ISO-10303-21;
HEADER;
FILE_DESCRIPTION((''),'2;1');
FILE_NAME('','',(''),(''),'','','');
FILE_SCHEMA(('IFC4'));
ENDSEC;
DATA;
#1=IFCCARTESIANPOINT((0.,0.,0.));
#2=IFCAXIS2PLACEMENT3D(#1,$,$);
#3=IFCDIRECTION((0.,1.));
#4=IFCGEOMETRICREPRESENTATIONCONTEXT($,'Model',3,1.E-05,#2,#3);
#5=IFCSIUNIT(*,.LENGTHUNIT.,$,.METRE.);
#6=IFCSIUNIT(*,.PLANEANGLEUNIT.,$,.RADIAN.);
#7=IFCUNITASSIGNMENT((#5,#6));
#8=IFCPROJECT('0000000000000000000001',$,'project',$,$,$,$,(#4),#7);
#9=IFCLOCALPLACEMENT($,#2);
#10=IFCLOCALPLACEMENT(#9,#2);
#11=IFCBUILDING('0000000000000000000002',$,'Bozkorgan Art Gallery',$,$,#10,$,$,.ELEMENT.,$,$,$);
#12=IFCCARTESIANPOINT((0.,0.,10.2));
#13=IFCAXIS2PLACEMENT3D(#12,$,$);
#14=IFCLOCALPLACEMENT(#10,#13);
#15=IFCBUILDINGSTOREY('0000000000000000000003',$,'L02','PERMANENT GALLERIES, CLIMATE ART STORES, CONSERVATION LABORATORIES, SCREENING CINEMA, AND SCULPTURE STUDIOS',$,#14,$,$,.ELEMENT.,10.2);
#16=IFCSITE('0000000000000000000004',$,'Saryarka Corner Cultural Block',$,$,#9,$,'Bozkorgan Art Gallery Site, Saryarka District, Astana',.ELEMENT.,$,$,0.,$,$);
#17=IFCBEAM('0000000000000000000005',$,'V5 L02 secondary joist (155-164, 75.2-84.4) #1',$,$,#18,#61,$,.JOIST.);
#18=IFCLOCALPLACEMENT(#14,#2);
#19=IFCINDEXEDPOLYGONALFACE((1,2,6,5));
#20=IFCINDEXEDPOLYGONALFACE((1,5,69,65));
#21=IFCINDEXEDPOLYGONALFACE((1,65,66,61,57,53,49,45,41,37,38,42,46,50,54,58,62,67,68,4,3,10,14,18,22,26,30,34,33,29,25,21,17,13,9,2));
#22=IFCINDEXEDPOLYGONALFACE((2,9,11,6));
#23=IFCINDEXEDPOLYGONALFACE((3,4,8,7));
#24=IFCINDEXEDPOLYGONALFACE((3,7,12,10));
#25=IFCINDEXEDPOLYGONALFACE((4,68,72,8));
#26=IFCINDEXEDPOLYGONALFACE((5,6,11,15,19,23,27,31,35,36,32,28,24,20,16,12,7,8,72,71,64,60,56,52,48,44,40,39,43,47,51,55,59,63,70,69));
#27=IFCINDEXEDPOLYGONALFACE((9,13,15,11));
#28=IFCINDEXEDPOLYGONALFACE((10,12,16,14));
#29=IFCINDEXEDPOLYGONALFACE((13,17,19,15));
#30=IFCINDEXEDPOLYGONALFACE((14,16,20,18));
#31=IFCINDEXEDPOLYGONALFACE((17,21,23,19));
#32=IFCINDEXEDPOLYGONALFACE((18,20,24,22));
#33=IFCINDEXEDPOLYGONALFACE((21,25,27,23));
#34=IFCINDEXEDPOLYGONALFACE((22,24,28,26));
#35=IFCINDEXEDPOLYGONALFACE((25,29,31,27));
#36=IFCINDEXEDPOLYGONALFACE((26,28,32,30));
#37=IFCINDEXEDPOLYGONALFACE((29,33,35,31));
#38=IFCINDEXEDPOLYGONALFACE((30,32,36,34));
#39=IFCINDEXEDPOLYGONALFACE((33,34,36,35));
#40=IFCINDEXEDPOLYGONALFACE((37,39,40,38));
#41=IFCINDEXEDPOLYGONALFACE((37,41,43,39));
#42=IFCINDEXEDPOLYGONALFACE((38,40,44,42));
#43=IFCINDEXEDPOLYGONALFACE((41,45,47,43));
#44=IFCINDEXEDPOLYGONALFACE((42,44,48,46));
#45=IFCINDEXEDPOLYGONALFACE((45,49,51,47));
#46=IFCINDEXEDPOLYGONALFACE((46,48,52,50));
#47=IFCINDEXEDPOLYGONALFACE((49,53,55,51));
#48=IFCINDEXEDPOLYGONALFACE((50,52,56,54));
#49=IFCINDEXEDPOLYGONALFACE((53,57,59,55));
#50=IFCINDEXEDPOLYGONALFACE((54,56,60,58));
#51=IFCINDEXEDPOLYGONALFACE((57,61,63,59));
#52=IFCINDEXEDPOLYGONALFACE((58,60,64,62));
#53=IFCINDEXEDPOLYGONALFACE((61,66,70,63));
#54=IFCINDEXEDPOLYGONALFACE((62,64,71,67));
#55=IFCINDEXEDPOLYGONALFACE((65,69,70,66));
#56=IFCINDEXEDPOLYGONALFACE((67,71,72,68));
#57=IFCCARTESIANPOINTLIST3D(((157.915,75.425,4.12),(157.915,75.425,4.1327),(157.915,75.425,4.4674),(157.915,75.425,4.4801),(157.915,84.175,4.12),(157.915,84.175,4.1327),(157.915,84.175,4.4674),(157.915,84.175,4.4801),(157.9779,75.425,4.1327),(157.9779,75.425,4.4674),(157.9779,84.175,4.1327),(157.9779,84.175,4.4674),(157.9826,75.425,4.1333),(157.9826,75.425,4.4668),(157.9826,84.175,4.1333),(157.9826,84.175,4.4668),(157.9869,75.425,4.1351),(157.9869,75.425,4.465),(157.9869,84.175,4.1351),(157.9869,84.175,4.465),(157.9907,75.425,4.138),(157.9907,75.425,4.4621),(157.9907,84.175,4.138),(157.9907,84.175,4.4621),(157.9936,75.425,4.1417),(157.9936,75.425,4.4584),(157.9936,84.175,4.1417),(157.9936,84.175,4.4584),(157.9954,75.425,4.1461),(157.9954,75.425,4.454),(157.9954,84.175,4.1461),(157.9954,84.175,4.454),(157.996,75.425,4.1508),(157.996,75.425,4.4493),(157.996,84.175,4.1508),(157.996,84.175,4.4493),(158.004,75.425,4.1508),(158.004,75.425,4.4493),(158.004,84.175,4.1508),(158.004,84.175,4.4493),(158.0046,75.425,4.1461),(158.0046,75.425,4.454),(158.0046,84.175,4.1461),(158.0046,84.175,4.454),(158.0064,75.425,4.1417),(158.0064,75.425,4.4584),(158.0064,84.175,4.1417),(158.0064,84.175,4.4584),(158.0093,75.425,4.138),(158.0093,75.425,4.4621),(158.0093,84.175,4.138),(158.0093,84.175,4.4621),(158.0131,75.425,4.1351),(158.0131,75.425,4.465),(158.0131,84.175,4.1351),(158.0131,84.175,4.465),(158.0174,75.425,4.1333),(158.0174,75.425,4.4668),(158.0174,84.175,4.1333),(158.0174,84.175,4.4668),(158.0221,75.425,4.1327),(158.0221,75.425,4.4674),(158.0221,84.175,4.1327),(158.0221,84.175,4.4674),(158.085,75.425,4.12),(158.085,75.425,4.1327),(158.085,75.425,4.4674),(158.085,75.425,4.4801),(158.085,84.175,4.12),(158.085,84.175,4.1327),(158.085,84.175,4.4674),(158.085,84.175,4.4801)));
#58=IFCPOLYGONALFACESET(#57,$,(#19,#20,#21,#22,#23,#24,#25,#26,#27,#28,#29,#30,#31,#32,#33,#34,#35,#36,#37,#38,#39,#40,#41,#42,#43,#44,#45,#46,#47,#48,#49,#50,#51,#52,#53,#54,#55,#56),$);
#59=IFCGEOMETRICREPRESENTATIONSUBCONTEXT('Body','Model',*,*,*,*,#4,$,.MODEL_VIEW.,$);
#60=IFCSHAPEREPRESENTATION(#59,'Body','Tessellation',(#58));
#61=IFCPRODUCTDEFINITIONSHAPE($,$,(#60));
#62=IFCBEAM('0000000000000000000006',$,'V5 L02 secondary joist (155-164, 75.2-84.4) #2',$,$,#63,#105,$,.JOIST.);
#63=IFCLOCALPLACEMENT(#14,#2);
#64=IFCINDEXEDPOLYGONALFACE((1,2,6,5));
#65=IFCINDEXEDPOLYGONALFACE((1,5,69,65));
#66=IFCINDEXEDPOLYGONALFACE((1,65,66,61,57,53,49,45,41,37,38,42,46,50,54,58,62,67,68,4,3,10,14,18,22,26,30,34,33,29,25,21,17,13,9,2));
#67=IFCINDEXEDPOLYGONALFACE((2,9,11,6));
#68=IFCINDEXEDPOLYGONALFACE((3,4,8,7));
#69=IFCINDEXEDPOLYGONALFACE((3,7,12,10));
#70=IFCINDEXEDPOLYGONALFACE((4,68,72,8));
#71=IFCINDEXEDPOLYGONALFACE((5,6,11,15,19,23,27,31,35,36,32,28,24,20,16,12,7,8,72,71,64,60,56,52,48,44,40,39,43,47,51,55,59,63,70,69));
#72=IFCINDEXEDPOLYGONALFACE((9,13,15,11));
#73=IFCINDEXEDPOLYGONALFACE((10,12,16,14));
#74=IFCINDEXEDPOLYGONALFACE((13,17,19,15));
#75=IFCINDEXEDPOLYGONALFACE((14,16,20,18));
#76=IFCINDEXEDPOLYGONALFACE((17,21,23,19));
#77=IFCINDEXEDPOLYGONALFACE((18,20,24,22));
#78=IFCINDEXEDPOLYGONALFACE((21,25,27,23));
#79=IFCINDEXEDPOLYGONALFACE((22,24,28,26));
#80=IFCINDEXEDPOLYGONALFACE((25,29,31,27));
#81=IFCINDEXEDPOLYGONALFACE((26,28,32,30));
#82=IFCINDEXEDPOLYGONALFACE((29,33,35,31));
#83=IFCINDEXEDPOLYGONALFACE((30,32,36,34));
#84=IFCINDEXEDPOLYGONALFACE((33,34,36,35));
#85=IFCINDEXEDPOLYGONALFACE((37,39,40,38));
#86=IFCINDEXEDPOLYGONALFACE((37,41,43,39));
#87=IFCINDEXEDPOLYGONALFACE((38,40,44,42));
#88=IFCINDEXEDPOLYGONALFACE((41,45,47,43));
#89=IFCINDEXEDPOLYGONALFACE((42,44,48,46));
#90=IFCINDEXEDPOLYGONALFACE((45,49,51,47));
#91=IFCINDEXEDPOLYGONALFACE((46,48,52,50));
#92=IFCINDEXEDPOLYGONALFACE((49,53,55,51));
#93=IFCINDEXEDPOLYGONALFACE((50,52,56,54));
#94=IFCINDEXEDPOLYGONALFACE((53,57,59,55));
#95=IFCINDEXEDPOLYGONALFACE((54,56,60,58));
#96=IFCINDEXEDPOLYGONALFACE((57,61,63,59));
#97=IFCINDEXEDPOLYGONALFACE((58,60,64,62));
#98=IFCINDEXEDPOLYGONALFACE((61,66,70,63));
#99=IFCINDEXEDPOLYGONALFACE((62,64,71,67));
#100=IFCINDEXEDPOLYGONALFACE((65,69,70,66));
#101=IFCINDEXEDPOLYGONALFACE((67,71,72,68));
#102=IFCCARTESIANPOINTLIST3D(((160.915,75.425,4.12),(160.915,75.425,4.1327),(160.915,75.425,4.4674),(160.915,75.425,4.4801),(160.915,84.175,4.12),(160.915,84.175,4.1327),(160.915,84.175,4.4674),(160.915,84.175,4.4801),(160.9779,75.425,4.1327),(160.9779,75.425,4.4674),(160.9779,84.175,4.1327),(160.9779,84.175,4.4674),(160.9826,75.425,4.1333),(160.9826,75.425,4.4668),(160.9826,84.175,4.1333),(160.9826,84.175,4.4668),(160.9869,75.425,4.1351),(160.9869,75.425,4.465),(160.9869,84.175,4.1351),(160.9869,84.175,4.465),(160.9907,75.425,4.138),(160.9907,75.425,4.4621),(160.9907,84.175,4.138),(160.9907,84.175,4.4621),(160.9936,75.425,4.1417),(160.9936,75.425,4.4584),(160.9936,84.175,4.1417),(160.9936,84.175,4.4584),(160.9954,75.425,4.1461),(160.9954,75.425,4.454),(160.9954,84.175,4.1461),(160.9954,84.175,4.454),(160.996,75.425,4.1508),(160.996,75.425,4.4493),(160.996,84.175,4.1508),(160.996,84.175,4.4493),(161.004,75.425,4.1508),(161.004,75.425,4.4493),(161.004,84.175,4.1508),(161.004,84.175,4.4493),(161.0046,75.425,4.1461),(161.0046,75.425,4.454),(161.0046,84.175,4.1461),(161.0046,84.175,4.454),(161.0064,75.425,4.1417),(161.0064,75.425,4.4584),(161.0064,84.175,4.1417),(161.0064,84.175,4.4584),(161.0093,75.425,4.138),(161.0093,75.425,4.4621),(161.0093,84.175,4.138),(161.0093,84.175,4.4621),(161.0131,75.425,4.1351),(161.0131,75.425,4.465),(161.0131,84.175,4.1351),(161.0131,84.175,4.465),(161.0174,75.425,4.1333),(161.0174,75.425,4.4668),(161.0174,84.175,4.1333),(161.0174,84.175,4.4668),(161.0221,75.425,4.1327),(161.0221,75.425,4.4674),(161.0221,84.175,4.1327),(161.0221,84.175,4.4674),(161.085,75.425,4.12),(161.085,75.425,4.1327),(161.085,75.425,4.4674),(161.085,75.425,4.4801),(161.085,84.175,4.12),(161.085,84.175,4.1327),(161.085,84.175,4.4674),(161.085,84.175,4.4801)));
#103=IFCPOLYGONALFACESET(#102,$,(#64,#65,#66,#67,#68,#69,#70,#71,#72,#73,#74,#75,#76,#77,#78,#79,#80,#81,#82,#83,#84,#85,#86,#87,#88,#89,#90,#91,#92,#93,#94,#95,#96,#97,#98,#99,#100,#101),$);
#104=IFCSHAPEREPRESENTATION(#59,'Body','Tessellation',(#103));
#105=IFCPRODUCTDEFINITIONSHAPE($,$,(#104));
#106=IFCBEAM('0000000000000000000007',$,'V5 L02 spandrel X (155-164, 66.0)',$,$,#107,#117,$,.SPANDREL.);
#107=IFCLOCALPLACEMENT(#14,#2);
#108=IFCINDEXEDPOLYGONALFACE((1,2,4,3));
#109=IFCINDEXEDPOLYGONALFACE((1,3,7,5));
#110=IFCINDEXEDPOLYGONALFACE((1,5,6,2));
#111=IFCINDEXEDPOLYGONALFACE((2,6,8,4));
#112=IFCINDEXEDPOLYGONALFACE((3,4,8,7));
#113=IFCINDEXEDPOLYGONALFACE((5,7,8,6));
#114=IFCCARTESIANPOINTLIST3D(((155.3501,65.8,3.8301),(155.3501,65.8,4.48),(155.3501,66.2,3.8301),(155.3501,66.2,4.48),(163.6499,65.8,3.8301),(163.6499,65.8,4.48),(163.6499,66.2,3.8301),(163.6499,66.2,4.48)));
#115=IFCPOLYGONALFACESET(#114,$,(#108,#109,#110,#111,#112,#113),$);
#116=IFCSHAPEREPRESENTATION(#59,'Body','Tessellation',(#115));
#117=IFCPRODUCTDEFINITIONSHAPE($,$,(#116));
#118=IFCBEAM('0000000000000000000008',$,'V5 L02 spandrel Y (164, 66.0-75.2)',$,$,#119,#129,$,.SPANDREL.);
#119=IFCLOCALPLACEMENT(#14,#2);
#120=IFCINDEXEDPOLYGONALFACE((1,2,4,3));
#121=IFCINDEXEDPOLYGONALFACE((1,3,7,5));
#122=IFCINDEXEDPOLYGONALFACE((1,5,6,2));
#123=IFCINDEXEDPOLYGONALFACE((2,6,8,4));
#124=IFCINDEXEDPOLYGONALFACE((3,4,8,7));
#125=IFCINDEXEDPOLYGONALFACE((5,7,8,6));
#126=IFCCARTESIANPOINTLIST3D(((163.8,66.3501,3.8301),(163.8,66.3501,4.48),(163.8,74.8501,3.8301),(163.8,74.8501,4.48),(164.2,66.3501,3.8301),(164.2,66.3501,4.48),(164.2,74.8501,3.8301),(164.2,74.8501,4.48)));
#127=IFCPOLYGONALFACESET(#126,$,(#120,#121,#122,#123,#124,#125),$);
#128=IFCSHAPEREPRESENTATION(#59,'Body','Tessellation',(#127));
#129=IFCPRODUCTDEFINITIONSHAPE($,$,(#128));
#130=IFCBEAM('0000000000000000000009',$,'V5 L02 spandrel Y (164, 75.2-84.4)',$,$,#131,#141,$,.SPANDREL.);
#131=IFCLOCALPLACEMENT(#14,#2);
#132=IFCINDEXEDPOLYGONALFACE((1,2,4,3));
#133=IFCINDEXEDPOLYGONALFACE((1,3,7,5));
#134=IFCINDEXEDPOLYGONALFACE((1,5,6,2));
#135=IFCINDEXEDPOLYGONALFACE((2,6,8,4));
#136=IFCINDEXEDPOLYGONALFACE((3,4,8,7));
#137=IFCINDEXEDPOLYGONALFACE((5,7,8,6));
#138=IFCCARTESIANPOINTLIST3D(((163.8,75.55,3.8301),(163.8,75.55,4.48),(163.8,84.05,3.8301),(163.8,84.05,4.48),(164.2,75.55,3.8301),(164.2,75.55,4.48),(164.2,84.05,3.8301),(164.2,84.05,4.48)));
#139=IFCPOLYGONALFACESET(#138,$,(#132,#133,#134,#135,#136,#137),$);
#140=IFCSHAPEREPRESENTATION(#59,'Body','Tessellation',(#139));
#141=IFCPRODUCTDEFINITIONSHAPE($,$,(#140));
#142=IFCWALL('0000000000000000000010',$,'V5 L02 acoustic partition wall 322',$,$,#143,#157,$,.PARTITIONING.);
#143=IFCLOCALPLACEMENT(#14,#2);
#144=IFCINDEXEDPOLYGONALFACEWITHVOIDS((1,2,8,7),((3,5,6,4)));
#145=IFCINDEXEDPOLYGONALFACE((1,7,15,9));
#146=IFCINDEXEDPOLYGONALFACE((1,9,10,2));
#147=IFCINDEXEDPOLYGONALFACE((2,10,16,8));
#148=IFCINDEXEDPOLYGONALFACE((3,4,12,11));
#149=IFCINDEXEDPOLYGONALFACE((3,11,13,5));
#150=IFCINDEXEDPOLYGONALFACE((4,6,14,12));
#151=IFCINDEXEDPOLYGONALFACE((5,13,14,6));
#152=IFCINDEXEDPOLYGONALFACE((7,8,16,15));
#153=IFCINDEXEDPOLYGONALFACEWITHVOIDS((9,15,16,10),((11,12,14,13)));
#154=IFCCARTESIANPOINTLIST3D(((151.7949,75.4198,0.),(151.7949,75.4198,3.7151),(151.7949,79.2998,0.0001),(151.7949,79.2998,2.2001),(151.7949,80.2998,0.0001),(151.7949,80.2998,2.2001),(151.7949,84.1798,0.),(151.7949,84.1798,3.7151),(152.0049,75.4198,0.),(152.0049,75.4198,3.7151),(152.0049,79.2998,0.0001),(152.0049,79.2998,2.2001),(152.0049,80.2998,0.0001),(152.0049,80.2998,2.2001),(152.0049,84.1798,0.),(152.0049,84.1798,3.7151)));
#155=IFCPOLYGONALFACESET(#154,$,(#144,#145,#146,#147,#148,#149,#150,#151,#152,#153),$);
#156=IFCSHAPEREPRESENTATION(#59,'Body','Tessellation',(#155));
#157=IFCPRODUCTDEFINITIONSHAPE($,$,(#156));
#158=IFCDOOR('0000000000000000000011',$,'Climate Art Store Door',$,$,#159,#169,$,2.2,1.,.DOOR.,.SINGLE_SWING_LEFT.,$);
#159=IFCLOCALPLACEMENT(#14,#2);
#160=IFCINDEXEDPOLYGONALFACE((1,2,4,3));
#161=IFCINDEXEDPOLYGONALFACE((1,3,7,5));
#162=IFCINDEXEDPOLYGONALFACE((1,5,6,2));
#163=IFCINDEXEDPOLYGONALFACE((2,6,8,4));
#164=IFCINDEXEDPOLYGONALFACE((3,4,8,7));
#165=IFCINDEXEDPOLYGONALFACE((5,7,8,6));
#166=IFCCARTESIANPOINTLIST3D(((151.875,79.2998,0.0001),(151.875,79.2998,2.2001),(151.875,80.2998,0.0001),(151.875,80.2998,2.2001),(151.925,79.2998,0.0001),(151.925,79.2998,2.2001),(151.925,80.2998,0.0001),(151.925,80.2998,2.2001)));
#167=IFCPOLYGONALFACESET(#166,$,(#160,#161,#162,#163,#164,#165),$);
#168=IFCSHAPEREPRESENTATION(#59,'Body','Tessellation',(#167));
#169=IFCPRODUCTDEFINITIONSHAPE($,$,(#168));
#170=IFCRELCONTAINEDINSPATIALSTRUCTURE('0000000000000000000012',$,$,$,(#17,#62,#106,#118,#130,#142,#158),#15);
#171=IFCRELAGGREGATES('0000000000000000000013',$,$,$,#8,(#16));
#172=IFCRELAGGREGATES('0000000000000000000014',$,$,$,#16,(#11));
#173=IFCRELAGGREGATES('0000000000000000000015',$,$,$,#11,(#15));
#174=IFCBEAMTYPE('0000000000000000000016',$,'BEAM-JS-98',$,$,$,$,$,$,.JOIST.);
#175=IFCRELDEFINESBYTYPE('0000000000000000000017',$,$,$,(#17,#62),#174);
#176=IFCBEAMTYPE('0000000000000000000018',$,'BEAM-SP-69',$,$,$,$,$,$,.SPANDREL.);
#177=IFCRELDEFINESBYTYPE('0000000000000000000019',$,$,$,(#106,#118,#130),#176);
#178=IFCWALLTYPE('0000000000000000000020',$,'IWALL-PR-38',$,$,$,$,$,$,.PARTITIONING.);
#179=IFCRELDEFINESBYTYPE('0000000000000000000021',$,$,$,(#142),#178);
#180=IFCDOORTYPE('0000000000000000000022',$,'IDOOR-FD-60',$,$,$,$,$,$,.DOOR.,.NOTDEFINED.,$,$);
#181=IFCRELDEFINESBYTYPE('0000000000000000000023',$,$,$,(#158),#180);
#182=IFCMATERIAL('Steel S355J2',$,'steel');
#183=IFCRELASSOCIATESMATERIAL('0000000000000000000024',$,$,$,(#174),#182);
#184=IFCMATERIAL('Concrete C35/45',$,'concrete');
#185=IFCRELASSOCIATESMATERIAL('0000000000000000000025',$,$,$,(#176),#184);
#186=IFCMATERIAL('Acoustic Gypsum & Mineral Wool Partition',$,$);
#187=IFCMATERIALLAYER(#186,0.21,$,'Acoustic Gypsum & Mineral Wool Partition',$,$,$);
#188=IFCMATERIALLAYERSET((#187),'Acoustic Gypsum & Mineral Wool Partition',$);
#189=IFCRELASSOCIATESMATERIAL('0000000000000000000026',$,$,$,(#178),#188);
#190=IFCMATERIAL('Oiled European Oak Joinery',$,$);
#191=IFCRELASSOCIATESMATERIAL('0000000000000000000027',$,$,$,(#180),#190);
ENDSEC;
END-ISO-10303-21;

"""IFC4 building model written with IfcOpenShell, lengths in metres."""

from ifc_helpers import new_model, si_unit, direction, frame, frame_2d, origin, origin_2d, place, context, subcontext, project, spatial, rectangle, i_section, extrude, material, layer, layer_set, material_profile, profile_set, type_object, element, fill, save


model = new_model("IFC4")

# Units and contexts
model_context = context("Model", 3, precision=1e-05, world=origin(), true_north=direction((0.0, 1.0)))
body_context = subcontext(model_context, "Body", "Model", "MODEL_VIEW")
ifc_project = project(units=[si_unit("LENGTHUNIT", "METRE"), si_unit("PLANEANGLEUNIT", "RADIAN")], contexts=[model_context])

# Site, building, storey
site_placement = place(None, origin())
site = spatial("IfcSite", under=ifc_project, at=site_placement, Name="Saryarka Corner Cultural Block", LongName="Bozkorgan Art Gallery Site, Saryarka District, Astana", CompositionType="ELEMENT", RefElevation=0.0)
building_placement = place(site_placement, origin())
building = spatial("IfcBuilding", under=site, at=building_placement, Name="Bozkorgan Art Gallery", CompositionType="ELEMENT")
storey_placement = place(building_placement, frame((0.0, 0.0, 10.2)))
storey = spatial("IfcBuildingStorey", under=building, at=storey_placement, Name="L02", Description="PERMANENT GALLERIES, CLIMATE ART STORES, CONSERVATION LABORATORIES, SCREENING CINEMA, AND SCULPTURE STUDIOS", CompositionType="ELEMENT", Elevation=10.2)

# Beams
ifc_material_1 = material(Name="Concrete C35/45", Category="concrete")
ifc_material_2 = material(Name="Steel S355J2", Category="steel")
ifc_material_profile_1 = material_profile(ifc_material_2, i_section(OverallWidth=0.1699, OverallDepth=0.3601, WebThickness=0.0081, FlangeThickness=0.0127, FilletRadius=0.0181, at=origin_2d()), Name="IPE 360")
ifc_profile_set_1 = profile_set([ifc_material_profile_1], Name="Steel S355J2")
beam_type_1 = type_object("IfcBeamType", Name="BEAM-JS-98", PredefinedType="JOIST", material=ifc_profile_set_1)
for number, where, z_axis, x_axis, name in (
    (1, (158.0, 75.425, 4.3), (0.0, 1.0, 0.0), (-1.0, 0.0, 0.0), "V5 L02 secondary joist (155-164, 75.2-84.4) #1"),
    (2, (161.0, 75.425, 4.3), (0.0, 1.0, 0.0), (-1.0, 0.0, 0.0), "V5 L02 secondary joist (155-164, 75.2-84.4) #2"),
):
    element("IfcBeam", number, at=place(storey_placement, frame(where, z_axis=z_axis, x_axis=x_axis)), inside=storey, type_object=beam_type_1, Name=name, PredefinedType="JOIST", context=body_context, shape_type="SweptSolid", body=[
        extrude(i_section(OverallWidth=0.1699, OverallDepth=0.3601, WebThickness=0.0081, FlangeThickness=0.0127, FilletRadius=0.0181, at=origin_2d()), origin(), (0.0, 0.0, 1.0), 8.75),
    ])
ifc_material_profile_2 = material_profile(ifc_material_1, rectangle(XDim=0.3999, YDim=0.6499, at=origin_2d()), Name="RC 400x650")
ifc_profile_set_2 = profile_set([ifc_material_profile_2], Name="Concrete C35/45")
beam_type_2 = type_object("IfcBeamType", Name="BEAM-SP-69", PredefinedType="SPANDREL", material=ifc_profile_set_2)
beam_1_placement = place(storey_placement, frame((155.3501, 66.0, 4.155), z_axis=(1.0, 0.0, 0.0), x_axis=(0.0, 1.0, 0.0)))
element("IfcBeam", 3, at=beam_1_placement, inside=storey, type_object=beam_type_2, Name="V5 L02 spandrel X (155-164, 66.0)", PredefinedType="SPANDREL", context=body_context, shape_type="SweptSolid", body=[
    extrude(rectangle(XDim=0.3999, YDim=0.6499, at=origin_2d()), origin(), (0.0, 0.0, 1.0), 8.2998),
])
for number, where, z_axis, x_axis, name in (
    (4, (164.0, 66.3501, 4.155), (0.0, 1.0, 0.0), (-1.0, 0.0, 0.0), "V5 L02 spandrel Y (164, 66.0-75.2)"),
    (5, (164.0, 75.55, 4.155), (0.0, 1.0, 0.0), (-1.0, 0.0, 0.0), "V5 L02 spandrel Y (164, 75.2-84.4)"),
):
    element("IfcBeam", number, at=place(storey_placement, frame(where, z_axis=z_axis, x_axis=x_axis)), inside=storey, type_object=beam_type_2, Name=name, PredefinedType="SPANDREL", context=body_context, shape_type="SweptSolid", body=[
        extrude(rectangle(XDim=0.3999, YDim=0.6499, at=origin_2d()), origin(), (0.0, 0.0, 1.0), 8.5),
    ])

# Wall, opening, door
ifc_material_3 = material(Name="Acoustic Gypsum & Mineral Wool Partition")
ifc_layer_1 = layer(ifc_material_3, 0.21, Name="Acoustic Gypsum & Mineral Wool Partition")
ifc_layer_set_1 = layer_set([ifc_layer_1], Name="Acoustic Gypsum & Mineral Wool Partition")
wall_type_1 = type_object("IfcWallType", Name="IWALL-PR-38", PredefinedType="PARTITIONING", material=ifc_layer_set_1)
wall_1_placement = place(storey_placement, frame((151.8999, 75.4199, 0.0), z_axis=(0.0, 0.0, 1.0), x_axis=(0.0, 1.0, 0.0)))
wall_1 = element("IfcWall", 6, at=wall_1_placement, inside=storey, type_object=wall_type_1, Name="V5 L02 acoustic partition wall 322", PredefinedType="PARTITIONING", context=body_context, shape_type="SweptSolid", body=[
    extrude(rectangle(XDim=8.76, YDim=0.21, at=frame_2d((4.3799, 0.0))), origin(), (0.0, 0.0, 1.0), 3.7151),
])
opening_1_placement = place(wall_1_placement, frame((3.8799, 0.0, 0.0)))
opening_1 = element("IfcOpeningElement", 7, at=opening_1_placement, cuts=wall_1, PredefinedType="OPENING", context=body_context, shape_type="SweptSolid", body=[
    extrude(rectangle(XDim=1.0, YDim=2.2, at=frame_2d((0.5, 1.1001))), frame((0.0, 0.115, 0.0), z_axis=(0.0, -1.0, 0.0), x_axis=(1.0, 0.0, 0.0)), (0.0, 0.0, 1.0), 0.23),
])
ifc_material_4 = material(Name="Oiled European Oak Joinery")
door_type_1 = type_object("IfcDoorType", Name="IDOOR-FD-60", OperationType="NOTDEFINED", PredefinedType="DOOR", material=ifc_material_4)
door_1_placement = place(opening_1_placement, origin())
door_1 = element("IfcDoor", 8, at=door_1_placement, inside=storey, type_object=door_type_1, Name="Climate Art Store Door", OperationType="SINGLE_SWING_LEFT", OverallHeight=2.2, OverallWidth=1.0, PredefinedType="DOOR", context=body_context, shape_type="SweptSolid", body=[
    extrude(rectangle(XDim=1.0, YDim=2.2, at=frame_2d((0.5, 1.1001))), frame((0.0, 0.0249, 0.0), z_axis=(0.0, -1.0, 0.0), x_axis=(1.0, 0.0, 0.0)), (0.0, 0.0, 1.0), 0.05),
])
fill(opening_1, door_1)

save(model, "model.ifc")
